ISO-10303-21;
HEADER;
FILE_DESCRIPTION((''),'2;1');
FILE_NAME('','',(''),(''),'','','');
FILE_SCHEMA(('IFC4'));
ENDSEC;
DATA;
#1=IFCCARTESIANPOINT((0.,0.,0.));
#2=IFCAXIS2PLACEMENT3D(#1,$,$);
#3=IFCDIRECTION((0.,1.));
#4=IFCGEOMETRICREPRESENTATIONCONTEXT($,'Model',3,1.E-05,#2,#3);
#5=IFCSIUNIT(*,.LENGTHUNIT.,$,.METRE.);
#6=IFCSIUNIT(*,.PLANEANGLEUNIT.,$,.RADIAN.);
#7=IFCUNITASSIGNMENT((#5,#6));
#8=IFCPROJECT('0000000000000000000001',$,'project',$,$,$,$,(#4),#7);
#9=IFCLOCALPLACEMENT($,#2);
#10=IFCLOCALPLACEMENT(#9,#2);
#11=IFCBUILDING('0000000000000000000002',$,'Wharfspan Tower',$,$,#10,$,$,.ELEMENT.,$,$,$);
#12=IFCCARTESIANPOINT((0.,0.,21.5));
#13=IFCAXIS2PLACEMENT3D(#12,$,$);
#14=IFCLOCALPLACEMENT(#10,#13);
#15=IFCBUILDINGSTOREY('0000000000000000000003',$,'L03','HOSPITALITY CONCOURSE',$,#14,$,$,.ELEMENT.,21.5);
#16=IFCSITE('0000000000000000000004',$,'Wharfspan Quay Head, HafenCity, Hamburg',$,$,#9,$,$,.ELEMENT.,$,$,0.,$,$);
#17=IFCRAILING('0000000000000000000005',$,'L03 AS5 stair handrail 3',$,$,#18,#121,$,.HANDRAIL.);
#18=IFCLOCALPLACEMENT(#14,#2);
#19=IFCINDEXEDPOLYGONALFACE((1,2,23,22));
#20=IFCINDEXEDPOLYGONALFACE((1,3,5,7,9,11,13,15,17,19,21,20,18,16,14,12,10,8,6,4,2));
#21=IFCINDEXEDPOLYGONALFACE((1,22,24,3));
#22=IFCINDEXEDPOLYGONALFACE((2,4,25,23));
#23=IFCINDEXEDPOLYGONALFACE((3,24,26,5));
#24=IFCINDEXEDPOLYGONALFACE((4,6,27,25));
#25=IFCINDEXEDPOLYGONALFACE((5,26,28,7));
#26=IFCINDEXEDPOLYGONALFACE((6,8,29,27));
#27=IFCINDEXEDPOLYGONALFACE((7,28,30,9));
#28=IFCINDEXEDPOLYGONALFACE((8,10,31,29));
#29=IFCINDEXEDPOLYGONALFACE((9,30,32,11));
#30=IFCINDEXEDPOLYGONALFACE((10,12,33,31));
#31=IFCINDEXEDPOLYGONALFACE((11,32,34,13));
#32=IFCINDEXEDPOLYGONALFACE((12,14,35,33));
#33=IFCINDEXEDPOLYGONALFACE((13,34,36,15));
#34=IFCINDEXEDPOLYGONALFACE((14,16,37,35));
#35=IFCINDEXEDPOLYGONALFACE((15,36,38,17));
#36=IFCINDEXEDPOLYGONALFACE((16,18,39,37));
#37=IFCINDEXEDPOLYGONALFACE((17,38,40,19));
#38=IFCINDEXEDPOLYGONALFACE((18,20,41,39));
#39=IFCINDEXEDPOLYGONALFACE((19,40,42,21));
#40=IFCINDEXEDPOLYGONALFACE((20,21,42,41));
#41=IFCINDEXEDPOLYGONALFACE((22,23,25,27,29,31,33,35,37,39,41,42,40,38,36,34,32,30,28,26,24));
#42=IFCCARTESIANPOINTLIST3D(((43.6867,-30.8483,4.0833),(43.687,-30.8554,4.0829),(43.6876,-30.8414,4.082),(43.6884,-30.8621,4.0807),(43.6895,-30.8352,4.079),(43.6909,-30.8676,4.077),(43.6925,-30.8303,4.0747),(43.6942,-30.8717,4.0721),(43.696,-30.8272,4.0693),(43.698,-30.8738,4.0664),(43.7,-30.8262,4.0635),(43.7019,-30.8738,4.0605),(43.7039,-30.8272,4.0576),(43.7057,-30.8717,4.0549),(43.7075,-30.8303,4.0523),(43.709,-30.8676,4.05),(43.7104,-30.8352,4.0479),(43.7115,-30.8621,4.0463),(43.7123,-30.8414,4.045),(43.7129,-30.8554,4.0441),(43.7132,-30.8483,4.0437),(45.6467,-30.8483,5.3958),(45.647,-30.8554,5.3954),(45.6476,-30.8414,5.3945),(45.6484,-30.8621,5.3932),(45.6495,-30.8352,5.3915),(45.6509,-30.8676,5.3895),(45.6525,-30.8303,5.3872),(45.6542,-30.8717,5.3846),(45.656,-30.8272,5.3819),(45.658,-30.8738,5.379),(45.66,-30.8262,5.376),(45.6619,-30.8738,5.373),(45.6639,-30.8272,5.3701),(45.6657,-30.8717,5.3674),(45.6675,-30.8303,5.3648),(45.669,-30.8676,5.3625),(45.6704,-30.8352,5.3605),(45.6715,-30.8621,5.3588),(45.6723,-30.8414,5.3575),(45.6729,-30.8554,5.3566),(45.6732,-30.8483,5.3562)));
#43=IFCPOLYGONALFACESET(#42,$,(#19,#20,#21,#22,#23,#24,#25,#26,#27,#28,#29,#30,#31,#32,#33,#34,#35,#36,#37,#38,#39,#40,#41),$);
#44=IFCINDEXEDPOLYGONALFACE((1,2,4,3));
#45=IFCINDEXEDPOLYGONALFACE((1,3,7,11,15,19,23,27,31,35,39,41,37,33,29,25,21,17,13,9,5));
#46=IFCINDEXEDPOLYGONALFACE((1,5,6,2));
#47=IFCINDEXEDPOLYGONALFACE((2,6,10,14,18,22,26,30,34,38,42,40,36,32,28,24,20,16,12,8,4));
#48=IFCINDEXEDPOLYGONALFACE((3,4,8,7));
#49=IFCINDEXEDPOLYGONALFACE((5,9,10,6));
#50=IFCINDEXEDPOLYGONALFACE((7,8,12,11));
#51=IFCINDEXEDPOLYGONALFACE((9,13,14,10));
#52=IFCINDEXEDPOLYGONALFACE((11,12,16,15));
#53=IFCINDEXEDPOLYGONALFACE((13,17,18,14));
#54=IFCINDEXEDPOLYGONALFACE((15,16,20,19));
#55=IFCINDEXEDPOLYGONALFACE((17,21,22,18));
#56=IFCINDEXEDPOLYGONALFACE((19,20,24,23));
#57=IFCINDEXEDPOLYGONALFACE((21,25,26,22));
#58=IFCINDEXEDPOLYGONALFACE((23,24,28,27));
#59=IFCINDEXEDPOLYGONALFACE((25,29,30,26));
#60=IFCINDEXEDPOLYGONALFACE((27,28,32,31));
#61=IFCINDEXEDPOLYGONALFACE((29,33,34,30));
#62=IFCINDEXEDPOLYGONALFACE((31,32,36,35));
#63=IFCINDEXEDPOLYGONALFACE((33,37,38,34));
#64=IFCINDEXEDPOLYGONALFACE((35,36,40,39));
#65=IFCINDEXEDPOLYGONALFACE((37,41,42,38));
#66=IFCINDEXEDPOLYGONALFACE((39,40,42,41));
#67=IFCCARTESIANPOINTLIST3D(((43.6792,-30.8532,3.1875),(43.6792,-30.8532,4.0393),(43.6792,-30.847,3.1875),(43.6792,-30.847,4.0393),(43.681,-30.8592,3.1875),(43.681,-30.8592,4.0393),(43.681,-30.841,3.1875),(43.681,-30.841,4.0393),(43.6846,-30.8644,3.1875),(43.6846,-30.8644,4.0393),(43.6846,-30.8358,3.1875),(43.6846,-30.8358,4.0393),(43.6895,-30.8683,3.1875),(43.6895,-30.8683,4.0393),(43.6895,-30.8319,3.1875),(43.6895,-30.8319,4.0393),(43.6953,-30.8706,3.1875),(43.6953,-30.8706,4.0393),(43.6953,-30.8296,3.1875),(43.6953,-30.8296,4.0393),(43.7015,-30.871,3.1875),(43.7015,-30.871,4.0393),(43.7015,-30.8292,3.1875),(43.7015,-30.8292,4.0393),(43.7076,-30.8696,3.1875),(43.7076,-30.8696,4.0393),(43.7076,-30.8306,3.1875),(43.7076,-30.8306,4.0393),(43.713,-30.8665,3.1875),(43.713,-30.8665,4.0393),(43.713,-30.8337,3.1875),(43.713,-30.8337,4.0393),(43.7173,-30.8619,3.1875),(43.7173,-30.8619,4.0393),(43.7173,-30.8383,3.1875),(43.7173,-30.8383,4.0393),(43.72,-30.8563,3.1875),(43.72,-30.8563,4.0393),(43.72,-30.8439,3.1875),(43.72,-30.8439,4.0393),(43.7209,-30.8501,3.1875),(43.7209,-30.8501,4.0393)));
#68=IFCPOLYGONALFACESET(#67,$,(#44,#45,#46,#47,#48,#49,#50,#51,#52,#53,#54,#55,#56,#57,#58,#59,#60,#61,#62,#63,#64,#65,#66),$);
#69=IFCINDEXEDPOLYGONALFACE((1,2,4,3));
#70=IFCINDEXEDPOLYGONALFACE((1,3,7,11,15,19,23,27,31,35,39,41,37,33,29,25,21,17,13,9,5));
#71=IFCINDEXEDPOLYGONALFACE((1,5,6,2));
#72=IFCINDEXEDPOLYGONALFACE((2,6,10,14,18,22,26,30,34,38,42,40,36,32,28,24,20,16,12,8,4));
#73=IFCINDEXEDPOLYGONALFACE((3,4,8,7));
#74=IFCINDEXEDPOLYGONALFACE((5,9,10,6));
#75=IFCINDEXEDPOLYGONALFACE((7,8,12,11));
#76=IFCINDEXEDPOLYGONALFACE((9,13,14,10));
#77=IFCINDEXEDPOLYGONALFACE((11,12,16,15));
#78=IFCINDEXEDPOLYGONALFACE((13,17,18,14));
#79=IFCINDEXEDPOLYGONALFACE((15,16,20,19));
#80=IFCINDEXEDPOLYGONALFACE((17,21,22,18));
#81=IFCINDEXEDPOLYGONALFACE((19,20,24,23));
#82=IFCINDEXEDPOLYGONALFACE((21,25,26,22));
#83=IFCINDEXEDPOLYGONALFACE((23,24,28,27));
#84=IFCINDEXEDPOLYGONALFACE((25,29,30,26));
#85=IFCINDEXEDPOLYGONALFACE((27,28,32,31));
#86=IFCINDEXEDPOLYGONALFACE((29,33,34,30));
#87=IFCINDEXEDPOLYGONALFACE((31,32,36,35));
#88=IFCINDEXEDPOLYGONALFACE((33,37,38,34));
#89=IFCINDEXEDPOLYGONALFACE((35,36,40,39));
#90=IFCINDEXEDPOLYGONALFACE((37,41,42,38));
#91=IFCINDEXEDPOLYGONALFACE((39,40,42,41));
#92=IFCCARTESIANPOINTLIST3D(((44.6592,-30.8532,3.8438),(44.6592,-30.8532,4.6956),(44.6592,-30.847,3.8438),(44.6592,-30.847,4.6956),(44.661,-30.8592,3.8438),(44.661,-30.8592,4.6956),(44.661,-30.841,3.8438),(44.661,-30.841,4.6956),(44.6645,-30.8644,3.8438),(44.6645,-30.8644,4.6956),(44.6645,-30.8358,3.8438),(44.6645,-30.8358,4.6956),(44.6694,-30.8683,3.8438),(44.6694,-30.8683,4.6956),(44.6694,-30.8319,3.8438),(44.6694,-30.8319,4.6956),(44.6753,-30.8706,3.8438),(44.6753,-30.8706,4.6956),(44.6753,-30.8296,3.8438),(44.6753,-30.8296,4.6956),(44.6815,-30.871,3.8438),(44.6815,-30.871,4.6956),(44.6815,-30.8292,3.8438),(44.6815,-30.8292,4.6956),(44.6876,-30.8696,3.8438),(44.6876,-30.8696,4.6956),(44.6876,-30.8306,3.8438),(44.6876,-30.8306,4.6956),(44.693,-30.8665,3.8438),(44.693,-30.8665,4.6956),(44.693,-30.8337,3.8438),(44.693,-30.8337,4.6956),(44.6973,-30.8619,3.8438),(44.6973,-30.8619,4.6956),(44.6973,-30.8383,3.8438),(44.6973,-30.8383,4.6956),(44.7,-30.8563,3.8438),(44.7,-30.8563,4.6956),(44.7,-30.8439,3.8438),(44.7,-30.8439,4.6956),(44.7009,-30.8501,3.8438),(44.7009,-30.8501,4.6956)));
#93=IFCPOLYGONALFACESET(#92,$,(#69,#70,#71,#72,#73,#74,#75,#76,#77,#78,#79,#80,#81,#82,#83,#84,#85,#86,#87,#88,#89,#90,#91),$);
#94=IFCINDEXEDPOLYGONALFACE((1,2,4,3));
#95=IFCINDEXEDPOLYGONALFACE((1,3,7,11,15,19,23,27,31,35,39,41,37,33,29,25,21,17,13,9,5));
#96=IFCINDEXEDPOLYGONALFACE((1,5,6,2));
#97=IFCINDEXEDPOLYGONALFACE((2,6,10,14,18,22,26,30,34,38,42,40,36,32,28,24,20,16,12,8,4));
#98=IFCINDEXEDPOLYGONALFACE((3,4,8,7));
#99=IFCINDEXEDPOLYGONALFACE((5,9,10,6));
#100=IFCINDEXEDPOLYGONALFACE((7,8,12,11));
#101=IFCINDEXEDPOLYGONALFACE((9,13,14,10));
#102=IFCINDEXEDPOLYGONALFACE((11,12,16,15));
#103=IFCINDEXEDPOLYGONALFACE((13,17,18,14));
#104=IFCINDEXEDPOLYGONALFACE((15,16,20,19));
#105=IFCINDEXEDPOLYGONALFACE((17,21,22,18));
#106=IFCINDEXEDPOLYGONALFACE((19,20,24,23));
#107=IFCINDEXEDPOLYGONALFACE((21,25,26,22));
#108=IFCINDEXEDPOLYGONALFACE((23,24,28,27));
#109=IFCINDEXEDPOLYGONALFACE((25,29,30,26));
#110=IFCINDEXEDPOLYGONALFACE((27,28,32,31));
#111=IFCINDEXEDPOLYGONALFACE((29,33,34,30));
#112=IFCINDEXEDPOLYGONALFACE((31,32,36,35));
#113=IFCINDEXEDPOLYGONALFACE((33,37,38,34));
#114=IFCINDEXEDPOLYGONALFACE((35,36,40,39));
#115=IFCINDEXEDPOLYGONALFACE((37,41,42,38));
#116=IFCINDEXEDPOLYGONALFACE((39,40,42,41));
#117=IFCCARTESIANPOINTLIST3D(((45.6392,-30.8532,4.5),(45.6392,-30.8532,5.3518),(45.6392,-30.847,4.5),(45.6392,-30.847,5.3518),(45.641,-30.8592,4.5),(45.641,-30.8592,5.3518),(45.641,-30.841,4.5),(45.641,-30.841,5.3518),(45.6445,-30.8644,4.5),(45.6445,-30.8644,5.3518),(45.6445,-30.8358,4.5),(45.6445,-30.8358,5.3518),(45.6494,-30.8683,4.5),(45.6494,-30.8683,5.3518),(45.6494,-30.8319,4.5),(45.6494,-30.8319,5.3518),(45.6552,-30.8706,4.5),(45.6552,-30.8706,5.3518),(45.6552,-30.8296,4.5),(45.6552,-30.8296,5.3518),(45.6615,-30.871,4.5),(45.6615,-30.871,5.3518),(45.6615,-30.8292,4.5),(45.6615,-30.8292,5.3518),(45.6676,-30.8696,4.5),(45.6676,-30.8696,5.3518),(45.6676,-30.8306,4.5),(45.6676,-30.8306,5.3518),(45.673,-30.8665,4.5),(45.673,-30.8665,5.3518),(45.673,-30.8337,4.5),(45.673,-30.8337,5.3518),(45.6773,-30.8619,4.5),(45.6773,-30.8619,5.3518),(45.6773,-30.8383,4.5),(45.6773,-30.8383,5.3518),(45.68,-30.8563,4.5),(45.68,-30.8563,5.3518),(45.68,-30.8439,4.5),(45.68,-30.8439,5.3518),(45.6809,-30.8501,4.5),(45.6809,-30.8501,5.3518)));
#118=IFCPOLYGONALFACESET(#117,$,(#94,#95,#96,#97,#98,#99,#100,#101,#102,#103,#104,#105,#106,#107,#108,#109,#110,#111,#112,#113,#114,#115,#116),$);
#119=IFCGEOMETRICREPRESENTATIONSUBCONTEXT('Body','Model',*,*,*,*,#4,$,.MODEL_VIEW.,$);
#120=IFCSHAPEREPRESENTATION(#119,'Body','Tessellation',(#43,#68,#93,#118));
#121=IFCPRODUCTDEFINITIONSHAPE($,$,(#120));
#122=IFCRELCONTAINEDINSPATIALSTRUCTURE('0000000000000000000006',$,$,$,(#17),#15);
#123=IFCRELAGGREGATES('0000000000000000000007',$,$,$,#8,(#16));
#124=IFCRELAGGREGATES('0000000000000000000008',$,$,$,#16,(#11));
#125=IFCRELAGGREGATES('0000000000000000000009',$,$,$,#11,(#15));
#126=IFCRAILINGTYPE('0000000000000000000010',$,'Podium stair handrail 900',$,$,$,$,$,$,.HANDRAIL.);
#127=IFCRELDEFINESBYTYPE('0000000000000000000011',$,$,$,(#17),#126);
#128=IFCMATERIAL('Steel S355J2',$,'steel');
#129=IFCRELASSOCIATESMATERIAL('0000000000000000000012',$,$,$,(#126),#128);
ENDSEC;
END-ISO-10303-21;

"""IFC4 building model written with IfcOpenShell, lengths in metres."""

from ifc_helpers import new_model, si_unit, direction, frame, origin, origin_2d, place, context, subcontext, project, spatial, circle, extrude, material, type_object, element, save


model = new_model("IFC4")

# Units and contexts
model_context = context("Model", 3, precision=1e-05, world=origin(), true_north=direction((0.0, 1.0)))
body_context = subcontext(model_context, "Body", "Model", "MODEL_VIEW")
ifc_project = project(units=[si_unit("LENGTHUNIT", "METRE"), si_unit("PLANEANGLEUNIT", "RADIAN")], contexts=[model_context])

# Site, building, storey
site_placement = place(None, origin())
site = spatial("IfcSite", under=ifc_project, at=site_placement, Name="Wharfspan Quay Head, HafenCity, Hamburg", CompositionType="ELEMENT", RefElevation=0.0)
building_placement = place(site_placement, origin())
building = spatial("IfcBuilding", under=site, at=building_placement, Name="Wharfspan Tower", CompositionType="ELEMENT")
storey_placement = place(building_placement, frame((0.0, 0.0, 21.5)))
storey = spatial("IfcBuildingStorey", under=building, at=storey_placement, Name="L03", Description="HOSPITALITY CONCOURSE", CompositionType="ELEMENT", Elevation=21.5)

# Railing
ifc_material_1 = material(Name="Steel S355J2", Category="steel")
railing_type_1 = type_object("IfcRailingType", Name="Podium stair handrail 900", PredefinedType="HANDRAIL", material=ifc_material_1)
railing_1_placement = place(storey_placement, frame((43.7, -30.8501, 3.1875)))
element("IfcRailing", 1, at=railing_1_placement, inside=storey, type_object=railing_type_1, Name="L03 AS5 stair handrail 3", PredefinedType="HANDRAIL", context=body_context, shape_type="SweptSolid", body=[
    extrude(circle(Radius=0.0239, at=origin_2d()), frame((0.0, 0.0, 0.876), z_axis=(0.830902, 0.0, 0.556419), x_axis=(0.0, 1.0, 0.0)), (0.0, 0.0, 1.0), 2.3589),
    extrude(circle(Radius=0.021, at=origin_2d()), origin(), (0.0, 0.0, 1.0), 0.8518),
    extrude(circle(Radius=0.021, at=origin_2d()), frame((0.98, 0.0, 0.6562)), (0.0, 0.0, 1.0), 0.8518),
    extrude(circle(Radius=0.021, at=origin_2d()), frame((1.96, 0.0, 1.3125)), (0.0, 0.0, 1.0), 0.8518),
])

save(model, "model.ifc")
